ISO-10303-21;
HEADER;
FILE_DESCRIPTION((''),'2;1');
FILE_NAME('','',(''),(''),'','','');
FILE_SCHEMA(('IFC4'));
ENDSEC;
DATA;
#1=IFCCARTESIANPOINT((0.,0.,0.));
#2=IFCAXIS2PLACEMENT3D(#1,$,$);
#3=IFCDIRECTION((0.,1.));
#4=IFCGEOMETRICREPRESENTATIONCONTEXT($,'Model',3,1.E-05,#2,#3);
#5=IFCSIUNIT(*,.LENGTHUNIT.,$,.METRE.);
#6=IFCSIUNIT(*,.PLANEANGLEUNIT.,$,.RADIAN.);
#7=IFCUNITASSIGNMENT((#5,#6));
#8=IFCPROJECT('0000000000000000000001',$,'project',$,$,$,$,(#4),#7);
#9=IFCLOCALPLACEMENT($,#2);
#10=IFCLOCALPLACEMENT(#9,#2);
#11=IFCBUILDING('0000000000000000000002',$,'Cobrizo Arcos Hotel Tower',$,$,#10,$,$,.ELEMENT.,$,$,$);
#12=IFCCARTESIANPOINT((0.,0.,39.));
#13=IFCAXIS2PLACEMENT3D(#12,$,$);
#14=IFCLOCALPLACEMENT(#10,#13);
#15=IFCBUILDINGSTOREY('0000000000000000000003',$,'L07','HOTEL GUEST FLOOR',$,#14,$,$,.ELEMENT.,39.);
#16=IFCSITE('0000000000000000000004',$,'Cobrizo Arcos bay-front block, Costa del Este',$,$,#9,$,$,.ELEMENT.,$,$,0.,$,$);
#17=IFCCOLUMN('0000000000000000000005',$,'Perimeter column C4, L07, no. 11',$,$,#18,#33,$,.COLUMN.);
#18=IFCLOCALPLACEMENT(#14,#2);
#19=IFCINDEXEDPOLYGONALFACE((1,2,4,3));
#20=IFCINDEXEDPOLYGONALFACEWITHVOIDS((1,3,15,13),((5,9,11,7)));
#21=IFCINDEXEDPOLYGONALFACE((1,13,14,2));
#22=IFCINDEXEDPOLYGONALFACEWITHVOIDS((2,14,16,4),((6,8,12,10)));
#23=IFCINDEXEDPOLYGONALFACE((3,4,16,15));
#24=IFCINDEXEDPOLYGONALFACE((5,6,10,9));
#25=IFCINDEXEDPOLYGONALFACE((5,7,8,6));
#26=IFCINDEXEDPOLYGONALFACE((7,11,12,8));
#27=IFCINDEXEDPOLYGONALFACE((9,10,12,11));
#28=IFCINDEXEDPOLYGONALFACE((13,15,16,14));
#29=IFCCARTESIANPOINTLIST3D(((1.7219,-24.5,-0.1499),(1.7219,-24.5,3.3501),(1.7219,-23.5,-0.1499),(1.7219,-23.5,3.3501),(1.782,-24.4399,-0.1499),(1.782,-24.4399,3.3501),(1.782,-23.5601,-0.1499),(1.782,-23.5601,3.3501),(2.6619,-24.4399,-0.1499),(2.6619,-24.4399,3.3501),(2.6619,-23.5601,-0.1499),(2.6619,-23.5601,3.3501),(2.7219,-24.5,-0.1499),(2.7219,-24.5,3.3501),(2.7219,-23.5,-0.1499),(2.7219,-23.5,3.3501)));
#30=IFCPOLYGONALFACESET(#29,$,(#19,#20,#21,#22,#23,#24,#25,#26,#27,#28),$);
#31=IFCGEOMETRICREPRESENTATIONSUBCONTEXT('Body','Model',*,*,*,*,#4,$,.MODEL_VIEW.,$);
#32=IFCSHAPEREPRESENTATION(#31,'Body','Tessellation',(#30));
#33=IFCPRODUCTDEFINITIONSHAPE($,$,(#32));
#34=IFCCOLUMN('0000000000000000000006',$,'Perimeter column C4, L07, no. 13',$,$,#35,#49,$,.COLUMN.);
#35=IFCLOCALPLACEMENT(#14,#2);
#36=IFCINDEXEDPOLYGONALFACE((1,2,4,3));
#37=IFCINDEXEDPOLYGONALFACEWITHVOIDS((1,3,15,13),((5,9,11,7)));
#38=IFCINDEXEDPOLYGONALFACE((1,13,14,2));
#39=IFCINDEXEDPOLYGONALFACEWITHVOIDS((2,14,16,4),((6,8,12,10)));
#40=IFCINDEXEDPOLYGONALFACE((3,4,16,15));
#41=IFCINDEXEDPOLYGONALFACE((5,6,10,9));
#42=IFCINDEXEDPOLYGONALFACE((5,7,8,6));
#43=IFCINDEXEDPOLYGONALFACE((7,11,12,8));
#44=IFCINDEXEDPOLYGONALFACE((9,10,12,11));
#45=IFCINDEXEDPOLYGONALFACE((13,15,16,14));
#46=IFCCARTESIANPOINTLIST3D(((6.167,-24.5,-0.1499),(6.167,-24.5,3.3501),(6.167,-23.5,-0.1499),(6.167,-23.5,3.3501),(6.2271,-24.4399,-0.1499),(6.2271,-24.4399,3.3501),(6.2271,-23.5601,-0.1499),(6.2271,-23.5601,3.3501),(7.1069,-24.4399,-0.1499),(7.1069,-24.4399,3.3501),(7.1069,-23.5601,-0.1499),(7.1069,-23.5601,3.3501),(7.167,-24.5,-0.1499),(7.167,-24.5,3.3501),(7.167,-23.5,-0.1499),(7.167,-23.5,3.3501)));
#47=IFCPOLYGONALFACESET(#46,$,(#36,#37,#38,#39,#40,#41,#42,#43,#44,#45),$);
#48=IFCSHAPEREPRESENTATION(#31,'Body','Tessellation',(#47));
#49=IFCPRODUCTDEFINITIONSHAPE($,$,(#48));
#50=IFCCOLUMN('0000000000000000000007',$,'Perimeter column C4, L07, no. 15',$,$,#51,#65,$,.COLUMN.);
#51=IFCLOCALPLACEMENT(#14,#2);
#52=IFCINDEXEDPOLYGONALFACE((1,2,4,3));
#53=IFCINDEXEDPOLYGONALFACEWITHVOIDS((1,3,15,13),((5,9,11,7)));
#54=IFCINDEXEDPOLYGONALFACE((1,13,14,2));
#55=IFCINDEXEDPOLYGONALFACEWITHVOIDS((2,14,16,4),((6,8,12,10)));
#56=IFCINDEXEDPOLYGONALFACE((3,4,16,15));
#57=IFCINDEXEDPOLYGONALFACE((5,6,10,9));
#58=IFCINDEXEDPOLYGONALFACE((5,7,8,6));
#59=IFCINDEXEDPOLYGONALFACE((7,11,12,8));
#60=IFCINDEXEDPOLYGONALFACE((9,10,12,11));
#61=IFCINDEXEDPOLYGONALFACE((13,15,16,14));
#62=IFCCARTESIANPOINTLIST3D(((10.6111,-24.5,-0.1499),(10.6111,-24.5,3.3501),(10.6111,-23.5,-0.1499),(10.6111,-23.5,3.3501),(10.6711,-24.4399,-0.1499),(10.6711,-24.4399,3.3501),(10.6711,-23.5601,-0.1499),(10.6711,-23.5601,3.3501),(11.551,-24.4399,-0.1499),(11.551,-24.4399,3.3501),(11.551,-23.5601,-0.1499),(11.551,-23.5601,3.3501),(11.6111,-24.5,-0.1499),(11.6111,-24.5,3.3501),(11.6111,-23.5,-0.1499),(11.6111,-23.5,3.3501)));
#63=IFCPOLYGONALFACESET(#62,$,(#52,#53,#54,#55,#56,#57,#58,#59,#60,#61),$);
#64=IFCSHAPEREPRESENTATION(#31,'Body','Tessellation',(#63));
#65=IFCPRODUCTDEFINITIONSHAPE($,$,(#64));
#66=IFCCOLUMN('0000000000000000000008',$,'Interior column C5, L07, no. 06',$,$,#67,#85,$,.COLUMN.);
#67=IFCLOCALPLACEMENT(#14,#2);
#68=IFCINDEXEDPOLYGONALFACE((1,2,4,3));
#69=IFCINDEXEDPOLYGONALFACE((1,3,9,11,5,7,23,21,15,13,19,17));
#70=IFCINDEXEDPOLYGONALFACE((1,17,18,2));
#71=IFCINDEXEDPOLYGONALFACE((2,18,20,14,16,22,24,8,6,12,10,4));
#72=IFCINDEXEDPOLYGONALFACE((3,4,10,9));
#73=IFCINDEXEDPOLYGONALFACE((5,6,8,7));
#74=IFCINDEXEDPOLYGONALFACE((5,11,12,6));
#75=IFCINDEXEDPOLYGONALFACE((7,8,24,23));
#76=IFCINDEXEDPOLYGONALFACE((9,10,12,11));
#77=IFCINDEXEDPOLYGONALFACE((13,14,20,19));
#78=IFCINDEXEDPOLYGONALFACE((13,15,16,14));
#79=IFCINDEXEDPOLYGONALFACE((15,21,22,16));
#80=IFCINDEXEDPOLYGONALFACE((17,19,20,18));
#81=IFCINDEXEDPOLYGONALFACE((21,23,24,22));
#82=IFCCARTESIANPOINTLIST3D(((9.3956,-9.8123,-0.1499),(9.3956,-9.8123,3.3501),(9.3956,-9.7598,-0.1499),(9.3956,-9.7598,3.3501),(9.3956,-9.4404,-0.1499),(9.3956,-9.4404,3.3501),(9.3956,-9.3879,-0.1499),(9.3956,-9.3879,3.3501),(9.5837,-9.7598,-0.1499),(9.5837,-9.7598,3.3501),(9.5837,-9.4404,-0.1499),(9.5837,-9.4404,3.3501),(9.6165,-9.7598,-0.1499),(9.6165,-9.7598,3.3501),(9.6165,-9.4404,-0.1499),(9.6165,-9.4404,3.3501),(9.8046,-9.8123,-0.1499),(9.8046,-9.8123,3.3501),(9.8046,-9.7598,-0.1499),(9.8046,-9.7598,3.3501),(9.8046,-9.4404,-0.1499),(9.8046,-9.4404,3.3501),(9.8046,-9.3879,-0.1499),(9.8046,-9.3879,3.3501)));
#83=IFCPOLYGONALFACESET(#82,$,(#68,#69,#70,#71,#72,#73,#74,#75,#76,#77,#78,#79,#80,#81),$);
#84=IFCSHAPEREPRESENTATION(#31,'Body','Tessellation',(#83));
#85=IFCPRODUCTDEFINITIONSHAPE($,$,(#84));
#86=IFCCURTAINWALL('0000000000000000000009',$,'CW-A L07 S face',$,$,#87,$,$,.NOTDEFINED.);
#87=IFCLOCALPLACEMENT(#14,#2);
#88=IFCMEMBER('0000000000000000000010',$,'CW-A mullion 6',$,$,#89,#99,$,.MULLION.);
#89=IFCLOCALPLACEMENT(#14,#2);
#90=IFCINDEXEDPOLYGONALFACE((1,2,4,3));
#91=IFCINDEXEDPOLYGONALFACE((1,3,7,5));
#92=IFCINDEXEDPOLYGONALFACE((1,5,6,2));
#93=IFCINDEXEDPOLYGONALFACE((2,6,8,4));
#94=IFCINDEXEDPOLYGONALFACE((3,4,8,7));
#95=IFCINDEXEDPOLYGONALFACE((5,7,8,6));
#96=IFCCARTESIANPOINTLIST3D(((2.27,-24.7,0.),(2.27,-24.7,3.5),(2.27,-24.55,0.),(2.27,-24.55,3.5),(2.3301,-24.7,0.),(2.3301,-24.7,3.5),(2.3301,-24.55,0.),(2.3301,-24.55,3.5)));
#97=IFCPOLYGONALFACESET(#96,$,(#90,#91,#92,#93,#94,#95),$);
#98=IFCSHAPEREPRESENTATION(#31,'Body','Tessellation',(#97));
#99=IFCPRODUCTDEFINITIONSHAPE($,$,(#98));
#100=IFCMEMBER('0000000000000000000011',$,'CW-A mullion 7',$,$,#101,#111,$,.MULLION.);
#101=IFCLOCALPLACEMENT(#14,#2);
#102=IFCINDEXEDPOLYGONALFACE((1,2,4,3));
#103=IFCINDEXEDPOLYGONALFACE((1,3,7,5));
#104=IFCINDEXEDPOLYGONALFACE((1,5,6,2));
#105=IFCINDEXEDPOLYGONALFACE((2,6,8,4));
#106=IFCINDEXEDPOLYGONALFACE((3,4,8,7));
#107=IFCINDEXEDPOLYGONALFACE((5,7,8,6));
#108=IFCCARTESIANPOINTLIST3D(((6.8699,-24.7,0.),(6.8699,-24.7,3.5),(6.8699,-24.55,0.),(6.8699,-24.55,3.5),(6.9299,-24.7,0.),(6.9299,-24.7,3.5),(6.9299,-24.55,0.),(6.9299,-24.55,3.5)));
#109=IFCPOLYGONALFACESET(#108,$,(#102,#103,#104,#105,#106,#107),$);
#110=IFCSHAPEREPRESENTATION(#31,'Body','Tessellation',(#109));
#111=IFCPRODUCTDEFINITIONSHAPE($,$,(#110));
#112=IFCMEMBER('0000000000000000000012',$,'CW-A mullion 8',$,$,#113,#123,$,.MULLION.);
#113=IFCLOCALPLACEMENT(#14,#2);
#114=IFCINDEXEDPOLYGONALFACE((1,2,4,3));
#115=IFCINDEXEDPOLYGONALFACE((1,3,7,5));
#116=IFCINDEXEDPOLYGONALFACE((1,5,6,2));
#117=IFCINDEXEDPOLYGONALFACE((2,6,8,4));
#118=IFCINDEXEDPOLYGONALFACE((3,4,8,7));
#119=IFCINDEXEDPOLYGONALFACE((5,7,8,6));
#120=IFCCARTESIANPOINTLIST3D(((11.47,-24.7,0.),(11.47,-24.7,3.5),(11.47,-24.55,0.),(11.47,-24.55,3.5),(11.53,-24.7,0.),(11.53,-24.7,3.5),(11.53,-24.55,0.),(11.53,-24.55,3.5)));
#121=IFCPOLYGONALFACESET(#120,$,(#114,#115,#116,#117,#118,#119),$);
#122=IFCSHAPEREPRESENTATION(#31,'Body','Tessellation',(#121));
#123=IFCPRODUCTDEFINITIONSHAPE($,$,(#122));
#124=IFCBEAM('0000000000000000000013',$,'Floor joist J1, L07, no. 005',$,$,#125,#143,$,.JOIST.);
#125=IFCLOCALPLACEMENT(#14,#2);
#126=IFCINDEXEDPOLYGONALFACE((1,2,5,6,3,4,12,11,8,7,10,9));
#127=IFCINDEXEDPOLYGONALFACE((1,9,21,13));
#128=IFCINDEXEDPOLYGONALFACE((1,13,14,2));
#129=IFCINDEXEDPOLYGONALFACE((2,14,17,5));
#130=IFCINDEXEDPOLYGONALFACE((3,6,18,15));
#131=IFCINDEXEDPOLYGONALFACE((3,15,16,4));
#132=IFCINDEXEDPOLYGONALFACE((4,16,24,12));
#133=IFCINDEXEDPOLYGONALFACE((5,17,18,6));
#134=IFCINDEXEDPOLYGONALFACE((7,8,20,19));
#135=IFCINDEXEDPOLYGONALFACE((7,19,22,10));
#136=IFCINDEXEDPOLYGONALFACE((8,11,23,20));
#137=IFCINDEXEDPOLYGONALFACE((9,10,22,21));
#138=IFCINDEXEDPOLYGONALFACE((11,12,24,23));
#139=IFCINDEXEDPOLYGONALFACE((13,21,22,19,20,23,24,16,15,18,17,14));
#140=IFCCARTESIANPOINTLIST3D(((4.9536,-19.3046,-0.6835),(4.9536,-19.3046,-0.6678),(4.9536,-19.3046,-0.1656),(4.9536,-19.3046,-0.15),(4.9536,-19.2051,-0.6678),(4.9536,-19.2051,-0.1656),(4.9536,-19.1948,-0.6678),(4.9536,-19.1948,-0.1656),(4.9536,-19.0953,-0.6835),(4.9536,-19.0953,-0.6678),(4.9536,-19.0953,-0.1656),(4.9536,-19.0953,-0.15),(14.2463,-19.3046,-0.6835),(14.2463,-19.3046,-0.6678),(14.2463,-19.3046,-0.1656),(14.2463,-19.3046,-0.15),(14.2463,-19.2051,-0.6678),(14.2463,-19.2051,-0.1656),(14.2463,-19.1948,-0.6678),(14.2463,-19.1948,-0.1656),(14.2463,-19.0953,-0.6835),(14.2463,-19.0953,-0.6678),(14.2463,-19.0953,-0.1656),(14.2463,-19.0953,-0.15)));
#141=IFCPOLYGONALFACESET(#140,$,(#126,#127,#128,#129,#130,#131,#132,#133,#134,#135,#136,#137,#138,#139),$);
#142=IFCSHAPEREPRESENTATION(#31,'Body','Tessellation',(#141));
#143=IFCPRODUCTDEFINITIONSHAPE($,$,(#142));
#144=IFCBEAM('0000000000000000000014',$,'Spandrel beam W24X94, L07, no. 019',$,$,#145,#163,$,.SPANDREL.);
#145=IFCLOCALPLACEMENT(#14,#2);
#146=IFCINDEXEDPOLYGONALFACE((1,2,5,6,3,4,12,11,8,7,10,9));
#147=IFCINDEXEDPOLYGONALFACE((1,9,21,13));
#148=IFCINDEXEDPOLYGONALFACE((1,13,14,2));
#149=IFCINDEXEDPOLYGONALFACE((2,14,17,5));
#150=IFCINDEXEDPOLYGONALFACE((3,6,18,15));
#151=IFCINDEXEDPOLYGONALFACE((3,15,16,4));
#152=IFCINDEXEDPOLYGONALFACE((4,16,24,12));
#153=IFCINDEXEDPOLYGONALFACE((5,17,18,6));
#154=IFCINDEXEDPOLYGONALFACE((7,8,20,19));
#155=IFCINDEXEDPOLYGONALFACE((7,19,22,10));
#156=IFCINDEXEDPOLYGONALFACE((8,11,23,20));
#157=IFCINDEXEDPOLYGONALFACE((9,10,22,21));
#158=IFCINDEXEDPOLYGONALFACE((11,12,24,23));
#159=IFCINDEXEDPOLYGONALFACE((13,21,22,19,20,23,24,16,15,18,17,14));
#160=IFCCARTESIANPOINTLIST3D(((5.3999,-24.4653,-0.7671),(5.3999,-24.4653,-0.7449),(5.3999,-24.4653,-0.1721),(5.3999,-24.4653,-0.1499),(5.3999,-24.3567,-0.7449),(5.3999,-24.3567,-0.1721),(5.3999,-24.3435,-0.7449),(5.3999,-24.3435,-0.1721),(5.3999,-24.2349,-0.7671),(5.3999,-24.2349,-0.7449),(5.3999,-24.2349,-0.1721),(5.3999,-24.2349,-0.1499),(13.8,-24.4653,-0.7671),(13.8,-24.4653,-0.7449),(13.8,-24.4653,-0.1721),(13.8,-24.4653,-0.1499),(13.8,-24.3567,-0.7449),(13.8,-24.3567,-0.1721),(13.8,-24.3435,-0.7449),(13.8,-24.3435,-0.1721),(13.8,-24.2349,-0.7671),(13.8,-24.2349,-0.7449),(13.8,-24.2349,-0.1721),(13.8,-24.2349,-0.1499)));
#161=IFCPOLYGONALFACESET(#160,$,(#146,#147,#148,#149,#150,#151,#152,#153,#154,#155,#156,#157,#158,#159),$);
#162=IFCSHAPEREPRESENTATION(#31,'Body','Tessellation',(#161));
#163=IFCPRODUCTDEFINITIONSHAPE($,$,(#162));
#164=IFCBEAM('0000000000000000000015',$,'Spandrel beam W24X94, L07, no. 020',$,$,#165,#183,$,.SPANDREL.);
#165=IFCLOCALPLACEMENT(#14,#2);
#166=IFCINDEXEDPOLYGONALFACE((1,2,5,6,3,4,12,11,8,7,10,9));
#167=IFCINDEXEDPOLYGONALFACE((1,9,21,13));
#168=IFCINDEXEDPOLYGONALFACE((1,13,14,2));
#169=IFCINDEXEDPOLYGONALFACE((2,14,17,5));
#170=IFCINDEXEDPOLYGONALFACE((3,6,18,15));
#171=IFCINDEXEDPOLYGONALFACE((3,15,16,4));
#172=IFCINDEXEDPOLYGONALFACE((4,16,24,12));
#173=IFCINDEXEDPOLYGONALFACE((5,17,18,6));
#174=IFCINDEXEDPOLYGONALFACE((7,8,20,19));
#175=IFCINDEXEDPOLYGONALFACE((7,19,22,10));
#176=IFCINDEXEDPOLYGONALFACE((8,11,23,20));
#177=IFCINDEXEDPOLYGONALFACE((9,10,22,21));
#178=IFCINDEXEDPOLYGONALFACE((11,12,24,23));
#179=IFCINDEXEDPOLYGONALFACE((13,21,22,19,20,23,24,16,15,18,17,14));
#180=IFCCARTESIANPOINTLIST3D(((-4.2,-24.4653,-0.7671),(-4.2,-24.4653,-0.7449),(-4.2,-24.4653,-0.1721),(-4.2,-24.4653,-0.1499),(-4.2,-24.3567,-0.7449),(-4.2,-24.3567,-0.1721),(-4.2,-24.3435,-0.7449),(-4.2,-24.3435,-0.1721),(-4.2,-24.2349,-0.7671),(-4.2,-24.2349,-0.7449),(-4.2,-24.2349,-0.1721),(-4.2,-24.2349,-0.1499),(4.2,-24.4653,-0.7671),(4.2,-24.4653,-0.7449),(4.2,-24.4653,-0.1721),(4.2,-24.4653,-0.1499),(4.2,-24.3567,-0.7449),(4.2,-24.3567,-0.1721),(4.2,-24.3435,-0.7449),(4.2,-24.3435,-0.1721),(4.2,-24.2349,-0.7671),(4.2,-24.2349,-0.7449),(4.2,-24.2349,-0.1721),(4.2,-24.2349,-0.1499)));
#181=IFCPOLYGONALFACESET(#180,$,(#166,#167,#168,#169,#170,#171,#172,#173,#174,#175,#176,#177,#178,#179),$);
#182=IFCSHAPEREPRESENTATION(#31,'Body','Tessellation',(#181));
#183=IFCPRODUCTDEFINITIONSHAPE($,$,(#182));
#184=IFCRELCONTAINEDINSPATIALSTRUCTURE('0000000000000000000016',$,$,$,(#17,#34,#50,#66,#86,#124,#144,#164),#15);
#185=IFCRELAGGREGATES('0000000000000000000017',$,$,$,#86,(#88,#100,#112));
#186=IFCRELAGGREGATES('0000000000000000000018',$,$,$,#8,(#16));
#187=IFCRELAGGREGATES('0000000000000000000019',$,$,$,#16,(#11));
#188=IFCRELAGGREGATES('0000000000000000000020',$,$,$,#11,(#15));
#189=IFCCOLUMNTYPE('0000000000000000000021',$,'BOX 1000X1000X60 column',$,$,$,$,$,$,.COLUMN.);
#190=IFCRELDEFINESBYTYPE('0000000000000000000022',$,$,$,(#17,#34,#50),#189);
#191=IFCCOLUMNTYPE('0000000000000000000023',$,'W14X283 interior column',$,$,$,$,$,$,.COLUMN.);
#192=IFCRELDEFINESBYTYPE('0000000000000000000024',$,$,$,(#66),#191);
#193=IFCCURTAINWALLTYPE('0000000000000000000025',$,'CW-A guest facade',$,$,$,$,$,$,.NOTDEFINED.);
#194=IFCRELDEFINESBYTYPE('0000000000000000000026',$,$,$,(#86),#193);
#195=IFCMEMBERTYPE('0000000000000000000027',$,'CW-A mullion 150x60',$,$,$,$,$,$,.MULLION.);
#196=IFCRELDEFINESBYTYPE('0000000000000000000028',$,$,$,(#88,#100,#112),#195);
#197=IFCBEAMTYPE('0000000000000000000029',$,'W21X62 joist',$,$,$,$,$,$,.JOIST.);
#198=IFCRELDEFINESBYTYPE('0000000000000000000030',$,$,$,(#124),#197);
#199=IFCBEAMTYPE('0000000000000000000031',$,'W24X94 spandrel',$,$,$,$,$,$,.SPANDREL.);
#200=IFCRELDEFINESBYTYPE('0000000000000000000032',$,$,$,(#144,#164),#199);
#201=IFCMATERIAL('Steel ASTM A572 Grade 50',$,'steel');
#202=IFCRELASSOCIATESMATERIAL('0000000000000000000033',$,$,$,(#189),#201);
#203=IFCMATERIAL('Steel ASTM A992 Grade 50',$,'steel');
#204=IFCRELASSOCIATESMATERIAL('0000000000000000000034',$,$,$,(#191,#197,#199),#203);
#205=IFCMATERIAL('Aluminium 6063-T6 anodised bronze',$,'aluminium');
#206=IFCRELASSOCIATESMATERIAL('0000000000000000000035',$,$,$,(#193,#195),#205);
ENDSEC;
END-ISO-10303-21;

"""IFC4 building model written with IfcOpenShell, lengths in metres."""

from ifc_helpers import new_model, si_unit, direction, frame, origin, origin_2d, place, context, subcontext, project, spatial, rectangle, hollow_rectangle, i_section, extrude, material, material_profile, profile_set, type_object, element, aggregate, save


model = new_model("IFC4")

# Units and contexts
model_context = context("Model", 3, precision=1e-05, world=origin(), true_north=direction((0.0, 1.0)))
body_context = subcontext(model_context, "Body", "Model", "MODEL_VIEW")
ifc_project = project(units=[si_unit("LENGTHUNIT", "METRE"), si_unit("PLANEANGLEUNIT", "RADIAN")], contexts=[model_context])

# Site, building, storey
site_placement = place(None, origin())
site = spatial("IfcSite", under=ifc_project, at=site_placement, Name="Cobrizo Arcos bay-front block, Costa del Este", CompositionType="ELEMENT", RefElevation=0.0)
building_placement = place(site_placement, origin())
building = spatial("IfcBuilding", under=site, at=building_placement, Name="Cobrizo Arcos Hotel Tower", CompositionType="ELEMENT")
storey_placement = place(building_placement, frame((0.0, 0.0, 39.0)))
storey = spatial("IfcBuildingStorey", under=building, at=storey_placement, Name="L07", Description="HOTEL GUEST FLOOR", CompositionType="ELEMENT", Elevation=39.0)

# Columns
ifc_material_1 = material(Name="Steel ASTM A572 Grade 50", Category="steel")
ifc_material_profile_1 = material_profile(ifc_material_1, hollow_rectangle(XDim=1.0, YDim=1.0, WallThickness=0.0601, at=origin_2d()), Name="BOX 1000X1000X60")
ifc_profile_set_1 = profile_set([ifc_material_profile_1], Name="Steel ASTM A572 Grade 50")
column_type_1 = type_object("IfcColumnType", Name="BOX 1000X1000X60 column", PredefinedType="COLUMN", material=ifc_profile_set_1)
for number, where, z_axis, x_axis, name in (
    (1, (2.2219, -24.0, -0.1499), (0.0, 0.0, 1.0), (1.0, 0.0, 0.0), "Perimeter column C4, L07, no. 11"),
    (2, (6.667, -24.0, -0.1499), (0.0, 0.0, 1.0), (1.0, 0.0, 0.0), "Perimeter column C4, L07, no. 13"),
    (3, (11.1111, -24.0, -0.1499), (0.0, 0.0, 1.0), (1.0, 0.0, 0.0), "Perimeter column C4, L07, no. 15"),
):
    element("IfcColumn", number, at=place(storey_placement, frame(where, z_axis=z_axis, x_axis=x_axis)), inside=storey, type_object=column_type_1, Name=name, PredefinedType="COLUMN", context=body_context, shape_type="SweptSolid", body=[
        extrude(hollow_rectangle(XDim=1.0, YDim=1.0, WallThickness=0.0601, at=origin_2d()), origin(), (0.0, 0.0, 1.0), 3.5),
    ])
ifc_material_2 = material(Name="Steel ASTM A992 Grade 50", Category="steel")
ifc_material_profile_2 = material_profile(ifc_material_2, i_section(OverallWidth=0.4089, OverallDepth=0.4243, WebThickness=0.0327, FlangeThickness=0.0525, at=origin_2d()), Name="W14X283")
ifc_profile_set_2 = profile_set([ifc_material_profile_2], Name="Steel ASTM A992 Grade 50")
column_type_2 = type_object("IfcColumnType", Name="W14X283 interior column", PredefinedType="COLUMN", material=ifc_profile_set_2)
column_placement = place(storey_placement, frame((9.6001, -9.6001, -0.1499), z_axis=(0.0, 0.0, 1.0), x_axis=(1.0, 0.0, 0.0)))
element("IfcColumn", 4, at=column_placement, inside=storey, type_object=column_type_2, Name="Interior column C5, L07, no. 06", PredefinedType="COLUMN", context=body_context, shape_type="SweptSolid", body=[
    extrude(i_section(OverallWidth=0.4089, OverallDepth=0.4243, WebThickness=0.0327, FlangeThickness=0.0525, at=origin_2d()), origin(), (0.0, 0.0, 1.0), 3.5),
])

# Curtain wall, members
ifc_material_3 = material(Name="Aluminium 6063-T6 anodised bronze", Category="aluminium")
curtain_wall_type = type_object("IfcCurtainWallType", Name="CW-A guest facade", PredefinedType="NOTDEFINED", material=ifc_material_3)
curtain_wall_placement = place(storey_placement, origin())
curtain_wall = element("IfcCurtainWall", 5, at=curtain_wall_placement, inside=storey, type_object=curtain_wall_type, Name="CW-A L07 S face", PredefinedType="NOTDEFINED")
ifc_material_profile_3 = material_profile(ifc_material_3, rectangle(XDim=0.1499, YDim=0.0601, at=origin_2d()), Name="CW-A mullion 150x60")
ifc_profile_set_3 = profile_set([ifc_material_profile_3], Name="Aluminium 6063-T6 anodised bronze")
member_type = type_object("IfcMemberType", Name="CW-A mullion 150x60", PredefinedType="MULLION", material=ifc_profile_set_3)
member_1_placement = place(storey_placement, frame((2.3, -24.625, 0.0), z_axis=(0.0, 0.0, 1.0), x_axis=(0.0, -1.0, 0.0)))
member_1 = element("IfcMember", 6, at=member_1_placement, type_object=member_type, Name="CW-A mullion 6", PredefinedType="MULLION", context=body_context, shape_type="SweptSolid", body=[
    extrude(rectangle(XDim=0.1499, YDim=0.0601, at=origin_2d()), origin(), (0.0, 0.0, 1.0), 3.5),
])
member_2_placement = place(storey_placement, frame((6.8999, -24.625, 0.0), z_axis=(0.0, 0.0, 1.0), x_axis=(0.0, -1.0, 0.0)))
member_2 = element("IfcMember", 7, at=member_2_placement, type_object=member_type, Name="CW-A mullion 7", PredefinedType="MULLION", context=body_context, shape_type="SweptSolid", body=[
    extrude(rectangle(XDim=0.1499, YDim=0.0601, at=origin_2d()), origin(), (0.0, 0.0, 1.0), 3.5),
])
member_3_placement = place(storey_placement, frame((11.5, -24.625, 0.0), z_axis=(0.0, 0.0, 1.0), x_axis=(0.0, -1.0, 0.0)))
member_3 = element("IfcMember", 8, at=member_3_placement, type_object=member_type, Name="CW-A mullion 8", PredefinedType="MULLION", context=body_context, shape_type="SweptSolid", body=[
    extrude(rectangle(XDim=0.1499, YDim=0.0601, at=origin_2d()), origin(), (0.0, 0.0, 1.0), 3.5),
])

# Beams
ifc_material_profile_4 = material_profile(ifc_material_2, i_section(OverallWidth=0.2092, OverallDepth=0.5334, WebThickness=0.0103, FlangeThickness=0.0156, at=origin_2d()), Name="W21X62")
ifc_profile_set_4 = profile_set([ifc_material_profile_4], Name="Steel ASTM A992 Grade 50")
beam_type_1 = type_object("IfcBeamType", Name="W21X62 joist", PredefinedType="JOIST", material=ifc_profile_set_4)
beam_1_placement = place(storey_placement, frame((4.9536, -19.2, -0.4167), z_axis=(1.0, 0.0, 0.0), x_axis=(0.0, 1.0, 0.0)))
element("IfcBeam", 9, at=beam_1_placement, inside=storey, type_object=beam_type_1, Name="Floor joist J1, L07, no. 005", PredefinedType="JOIST", context=body_context, shape_type="SweptSolid", body=[
    extrude(i_section(OverallWidth=0.2092, OverallDepth=0.5334, WebThickness=0.0103, FlangeThickness=0.0156, at=origin_2d()), origin(), (0.0, 0.0, 1.0), 9.2927),
])
ifc_material_profile_5 = material_profile(ifc_material_2, i_section(OverallWidth=0.2305, OverallDepth=0.6172, WebThickness=0.0132, FlangeThickness=0.0222, at=origin_2d()), Name="W24X94")
ifc_profile_set_5 = profile_set([ifc_material_profile_5], Name="Steel ASTM A992 Grade 50")
beam_type_2 = type_object("IfcBeamType", Name="W24X94 spandrel", PredefinedType="SPANDREL", material=ifc_profile_set_5)
beam_2_placement = place(storey_placement, frame((13.8, -24.3501, -0.4585), z_axis=(-1.0, 0.0, 0.0), x_axis=(0.0, -1.0, 0.0)))
element("IfcBeam", 10, at=beam_2_placement, inside=storey, type_object=beam_type_2, Name="Spandrel beam W24X94, L07, no. 019", PredefinedType="SPANDREL", context=body_context, shape_type="SweptSolid", body=[
    extrude(i_section(OverallWidth=0.2305, OverallDepth=0.6172, WebThickness=0.0132, FlangeThickness=0.0222, at=origin_2d()), origin(), (0.0, 0.0, 1.0), 8.4001),
])
beam_3_placement = place(storey_placement, frame((4.2, -24.3501, -0.4585), z_axis=(-1.0, 0.0, 0.0), x_axis=(0.0, -1.0, 0.0)))
element("IfcBeam", 11, at=beam_3_placement, inside=storey, type_object=beam_type_2, Name="Spandrel beam W24X94, L07, no. 020", PredefinedType="SPANDREL", context=body_context, shape_type="SweptSolid", body=[
    extrude(i_section(OverallWidth=0.2305, OverallDepth=0.6172, WebThickness=0.0132, FlangeThickness=0.0222, at=origin_2d()), origin(), (0.0, 0.0, 1.0), 8.3999),
])

aggregate(curtain_wall, [member_1, member_2, member_3])

save(model, "model.ifc")
